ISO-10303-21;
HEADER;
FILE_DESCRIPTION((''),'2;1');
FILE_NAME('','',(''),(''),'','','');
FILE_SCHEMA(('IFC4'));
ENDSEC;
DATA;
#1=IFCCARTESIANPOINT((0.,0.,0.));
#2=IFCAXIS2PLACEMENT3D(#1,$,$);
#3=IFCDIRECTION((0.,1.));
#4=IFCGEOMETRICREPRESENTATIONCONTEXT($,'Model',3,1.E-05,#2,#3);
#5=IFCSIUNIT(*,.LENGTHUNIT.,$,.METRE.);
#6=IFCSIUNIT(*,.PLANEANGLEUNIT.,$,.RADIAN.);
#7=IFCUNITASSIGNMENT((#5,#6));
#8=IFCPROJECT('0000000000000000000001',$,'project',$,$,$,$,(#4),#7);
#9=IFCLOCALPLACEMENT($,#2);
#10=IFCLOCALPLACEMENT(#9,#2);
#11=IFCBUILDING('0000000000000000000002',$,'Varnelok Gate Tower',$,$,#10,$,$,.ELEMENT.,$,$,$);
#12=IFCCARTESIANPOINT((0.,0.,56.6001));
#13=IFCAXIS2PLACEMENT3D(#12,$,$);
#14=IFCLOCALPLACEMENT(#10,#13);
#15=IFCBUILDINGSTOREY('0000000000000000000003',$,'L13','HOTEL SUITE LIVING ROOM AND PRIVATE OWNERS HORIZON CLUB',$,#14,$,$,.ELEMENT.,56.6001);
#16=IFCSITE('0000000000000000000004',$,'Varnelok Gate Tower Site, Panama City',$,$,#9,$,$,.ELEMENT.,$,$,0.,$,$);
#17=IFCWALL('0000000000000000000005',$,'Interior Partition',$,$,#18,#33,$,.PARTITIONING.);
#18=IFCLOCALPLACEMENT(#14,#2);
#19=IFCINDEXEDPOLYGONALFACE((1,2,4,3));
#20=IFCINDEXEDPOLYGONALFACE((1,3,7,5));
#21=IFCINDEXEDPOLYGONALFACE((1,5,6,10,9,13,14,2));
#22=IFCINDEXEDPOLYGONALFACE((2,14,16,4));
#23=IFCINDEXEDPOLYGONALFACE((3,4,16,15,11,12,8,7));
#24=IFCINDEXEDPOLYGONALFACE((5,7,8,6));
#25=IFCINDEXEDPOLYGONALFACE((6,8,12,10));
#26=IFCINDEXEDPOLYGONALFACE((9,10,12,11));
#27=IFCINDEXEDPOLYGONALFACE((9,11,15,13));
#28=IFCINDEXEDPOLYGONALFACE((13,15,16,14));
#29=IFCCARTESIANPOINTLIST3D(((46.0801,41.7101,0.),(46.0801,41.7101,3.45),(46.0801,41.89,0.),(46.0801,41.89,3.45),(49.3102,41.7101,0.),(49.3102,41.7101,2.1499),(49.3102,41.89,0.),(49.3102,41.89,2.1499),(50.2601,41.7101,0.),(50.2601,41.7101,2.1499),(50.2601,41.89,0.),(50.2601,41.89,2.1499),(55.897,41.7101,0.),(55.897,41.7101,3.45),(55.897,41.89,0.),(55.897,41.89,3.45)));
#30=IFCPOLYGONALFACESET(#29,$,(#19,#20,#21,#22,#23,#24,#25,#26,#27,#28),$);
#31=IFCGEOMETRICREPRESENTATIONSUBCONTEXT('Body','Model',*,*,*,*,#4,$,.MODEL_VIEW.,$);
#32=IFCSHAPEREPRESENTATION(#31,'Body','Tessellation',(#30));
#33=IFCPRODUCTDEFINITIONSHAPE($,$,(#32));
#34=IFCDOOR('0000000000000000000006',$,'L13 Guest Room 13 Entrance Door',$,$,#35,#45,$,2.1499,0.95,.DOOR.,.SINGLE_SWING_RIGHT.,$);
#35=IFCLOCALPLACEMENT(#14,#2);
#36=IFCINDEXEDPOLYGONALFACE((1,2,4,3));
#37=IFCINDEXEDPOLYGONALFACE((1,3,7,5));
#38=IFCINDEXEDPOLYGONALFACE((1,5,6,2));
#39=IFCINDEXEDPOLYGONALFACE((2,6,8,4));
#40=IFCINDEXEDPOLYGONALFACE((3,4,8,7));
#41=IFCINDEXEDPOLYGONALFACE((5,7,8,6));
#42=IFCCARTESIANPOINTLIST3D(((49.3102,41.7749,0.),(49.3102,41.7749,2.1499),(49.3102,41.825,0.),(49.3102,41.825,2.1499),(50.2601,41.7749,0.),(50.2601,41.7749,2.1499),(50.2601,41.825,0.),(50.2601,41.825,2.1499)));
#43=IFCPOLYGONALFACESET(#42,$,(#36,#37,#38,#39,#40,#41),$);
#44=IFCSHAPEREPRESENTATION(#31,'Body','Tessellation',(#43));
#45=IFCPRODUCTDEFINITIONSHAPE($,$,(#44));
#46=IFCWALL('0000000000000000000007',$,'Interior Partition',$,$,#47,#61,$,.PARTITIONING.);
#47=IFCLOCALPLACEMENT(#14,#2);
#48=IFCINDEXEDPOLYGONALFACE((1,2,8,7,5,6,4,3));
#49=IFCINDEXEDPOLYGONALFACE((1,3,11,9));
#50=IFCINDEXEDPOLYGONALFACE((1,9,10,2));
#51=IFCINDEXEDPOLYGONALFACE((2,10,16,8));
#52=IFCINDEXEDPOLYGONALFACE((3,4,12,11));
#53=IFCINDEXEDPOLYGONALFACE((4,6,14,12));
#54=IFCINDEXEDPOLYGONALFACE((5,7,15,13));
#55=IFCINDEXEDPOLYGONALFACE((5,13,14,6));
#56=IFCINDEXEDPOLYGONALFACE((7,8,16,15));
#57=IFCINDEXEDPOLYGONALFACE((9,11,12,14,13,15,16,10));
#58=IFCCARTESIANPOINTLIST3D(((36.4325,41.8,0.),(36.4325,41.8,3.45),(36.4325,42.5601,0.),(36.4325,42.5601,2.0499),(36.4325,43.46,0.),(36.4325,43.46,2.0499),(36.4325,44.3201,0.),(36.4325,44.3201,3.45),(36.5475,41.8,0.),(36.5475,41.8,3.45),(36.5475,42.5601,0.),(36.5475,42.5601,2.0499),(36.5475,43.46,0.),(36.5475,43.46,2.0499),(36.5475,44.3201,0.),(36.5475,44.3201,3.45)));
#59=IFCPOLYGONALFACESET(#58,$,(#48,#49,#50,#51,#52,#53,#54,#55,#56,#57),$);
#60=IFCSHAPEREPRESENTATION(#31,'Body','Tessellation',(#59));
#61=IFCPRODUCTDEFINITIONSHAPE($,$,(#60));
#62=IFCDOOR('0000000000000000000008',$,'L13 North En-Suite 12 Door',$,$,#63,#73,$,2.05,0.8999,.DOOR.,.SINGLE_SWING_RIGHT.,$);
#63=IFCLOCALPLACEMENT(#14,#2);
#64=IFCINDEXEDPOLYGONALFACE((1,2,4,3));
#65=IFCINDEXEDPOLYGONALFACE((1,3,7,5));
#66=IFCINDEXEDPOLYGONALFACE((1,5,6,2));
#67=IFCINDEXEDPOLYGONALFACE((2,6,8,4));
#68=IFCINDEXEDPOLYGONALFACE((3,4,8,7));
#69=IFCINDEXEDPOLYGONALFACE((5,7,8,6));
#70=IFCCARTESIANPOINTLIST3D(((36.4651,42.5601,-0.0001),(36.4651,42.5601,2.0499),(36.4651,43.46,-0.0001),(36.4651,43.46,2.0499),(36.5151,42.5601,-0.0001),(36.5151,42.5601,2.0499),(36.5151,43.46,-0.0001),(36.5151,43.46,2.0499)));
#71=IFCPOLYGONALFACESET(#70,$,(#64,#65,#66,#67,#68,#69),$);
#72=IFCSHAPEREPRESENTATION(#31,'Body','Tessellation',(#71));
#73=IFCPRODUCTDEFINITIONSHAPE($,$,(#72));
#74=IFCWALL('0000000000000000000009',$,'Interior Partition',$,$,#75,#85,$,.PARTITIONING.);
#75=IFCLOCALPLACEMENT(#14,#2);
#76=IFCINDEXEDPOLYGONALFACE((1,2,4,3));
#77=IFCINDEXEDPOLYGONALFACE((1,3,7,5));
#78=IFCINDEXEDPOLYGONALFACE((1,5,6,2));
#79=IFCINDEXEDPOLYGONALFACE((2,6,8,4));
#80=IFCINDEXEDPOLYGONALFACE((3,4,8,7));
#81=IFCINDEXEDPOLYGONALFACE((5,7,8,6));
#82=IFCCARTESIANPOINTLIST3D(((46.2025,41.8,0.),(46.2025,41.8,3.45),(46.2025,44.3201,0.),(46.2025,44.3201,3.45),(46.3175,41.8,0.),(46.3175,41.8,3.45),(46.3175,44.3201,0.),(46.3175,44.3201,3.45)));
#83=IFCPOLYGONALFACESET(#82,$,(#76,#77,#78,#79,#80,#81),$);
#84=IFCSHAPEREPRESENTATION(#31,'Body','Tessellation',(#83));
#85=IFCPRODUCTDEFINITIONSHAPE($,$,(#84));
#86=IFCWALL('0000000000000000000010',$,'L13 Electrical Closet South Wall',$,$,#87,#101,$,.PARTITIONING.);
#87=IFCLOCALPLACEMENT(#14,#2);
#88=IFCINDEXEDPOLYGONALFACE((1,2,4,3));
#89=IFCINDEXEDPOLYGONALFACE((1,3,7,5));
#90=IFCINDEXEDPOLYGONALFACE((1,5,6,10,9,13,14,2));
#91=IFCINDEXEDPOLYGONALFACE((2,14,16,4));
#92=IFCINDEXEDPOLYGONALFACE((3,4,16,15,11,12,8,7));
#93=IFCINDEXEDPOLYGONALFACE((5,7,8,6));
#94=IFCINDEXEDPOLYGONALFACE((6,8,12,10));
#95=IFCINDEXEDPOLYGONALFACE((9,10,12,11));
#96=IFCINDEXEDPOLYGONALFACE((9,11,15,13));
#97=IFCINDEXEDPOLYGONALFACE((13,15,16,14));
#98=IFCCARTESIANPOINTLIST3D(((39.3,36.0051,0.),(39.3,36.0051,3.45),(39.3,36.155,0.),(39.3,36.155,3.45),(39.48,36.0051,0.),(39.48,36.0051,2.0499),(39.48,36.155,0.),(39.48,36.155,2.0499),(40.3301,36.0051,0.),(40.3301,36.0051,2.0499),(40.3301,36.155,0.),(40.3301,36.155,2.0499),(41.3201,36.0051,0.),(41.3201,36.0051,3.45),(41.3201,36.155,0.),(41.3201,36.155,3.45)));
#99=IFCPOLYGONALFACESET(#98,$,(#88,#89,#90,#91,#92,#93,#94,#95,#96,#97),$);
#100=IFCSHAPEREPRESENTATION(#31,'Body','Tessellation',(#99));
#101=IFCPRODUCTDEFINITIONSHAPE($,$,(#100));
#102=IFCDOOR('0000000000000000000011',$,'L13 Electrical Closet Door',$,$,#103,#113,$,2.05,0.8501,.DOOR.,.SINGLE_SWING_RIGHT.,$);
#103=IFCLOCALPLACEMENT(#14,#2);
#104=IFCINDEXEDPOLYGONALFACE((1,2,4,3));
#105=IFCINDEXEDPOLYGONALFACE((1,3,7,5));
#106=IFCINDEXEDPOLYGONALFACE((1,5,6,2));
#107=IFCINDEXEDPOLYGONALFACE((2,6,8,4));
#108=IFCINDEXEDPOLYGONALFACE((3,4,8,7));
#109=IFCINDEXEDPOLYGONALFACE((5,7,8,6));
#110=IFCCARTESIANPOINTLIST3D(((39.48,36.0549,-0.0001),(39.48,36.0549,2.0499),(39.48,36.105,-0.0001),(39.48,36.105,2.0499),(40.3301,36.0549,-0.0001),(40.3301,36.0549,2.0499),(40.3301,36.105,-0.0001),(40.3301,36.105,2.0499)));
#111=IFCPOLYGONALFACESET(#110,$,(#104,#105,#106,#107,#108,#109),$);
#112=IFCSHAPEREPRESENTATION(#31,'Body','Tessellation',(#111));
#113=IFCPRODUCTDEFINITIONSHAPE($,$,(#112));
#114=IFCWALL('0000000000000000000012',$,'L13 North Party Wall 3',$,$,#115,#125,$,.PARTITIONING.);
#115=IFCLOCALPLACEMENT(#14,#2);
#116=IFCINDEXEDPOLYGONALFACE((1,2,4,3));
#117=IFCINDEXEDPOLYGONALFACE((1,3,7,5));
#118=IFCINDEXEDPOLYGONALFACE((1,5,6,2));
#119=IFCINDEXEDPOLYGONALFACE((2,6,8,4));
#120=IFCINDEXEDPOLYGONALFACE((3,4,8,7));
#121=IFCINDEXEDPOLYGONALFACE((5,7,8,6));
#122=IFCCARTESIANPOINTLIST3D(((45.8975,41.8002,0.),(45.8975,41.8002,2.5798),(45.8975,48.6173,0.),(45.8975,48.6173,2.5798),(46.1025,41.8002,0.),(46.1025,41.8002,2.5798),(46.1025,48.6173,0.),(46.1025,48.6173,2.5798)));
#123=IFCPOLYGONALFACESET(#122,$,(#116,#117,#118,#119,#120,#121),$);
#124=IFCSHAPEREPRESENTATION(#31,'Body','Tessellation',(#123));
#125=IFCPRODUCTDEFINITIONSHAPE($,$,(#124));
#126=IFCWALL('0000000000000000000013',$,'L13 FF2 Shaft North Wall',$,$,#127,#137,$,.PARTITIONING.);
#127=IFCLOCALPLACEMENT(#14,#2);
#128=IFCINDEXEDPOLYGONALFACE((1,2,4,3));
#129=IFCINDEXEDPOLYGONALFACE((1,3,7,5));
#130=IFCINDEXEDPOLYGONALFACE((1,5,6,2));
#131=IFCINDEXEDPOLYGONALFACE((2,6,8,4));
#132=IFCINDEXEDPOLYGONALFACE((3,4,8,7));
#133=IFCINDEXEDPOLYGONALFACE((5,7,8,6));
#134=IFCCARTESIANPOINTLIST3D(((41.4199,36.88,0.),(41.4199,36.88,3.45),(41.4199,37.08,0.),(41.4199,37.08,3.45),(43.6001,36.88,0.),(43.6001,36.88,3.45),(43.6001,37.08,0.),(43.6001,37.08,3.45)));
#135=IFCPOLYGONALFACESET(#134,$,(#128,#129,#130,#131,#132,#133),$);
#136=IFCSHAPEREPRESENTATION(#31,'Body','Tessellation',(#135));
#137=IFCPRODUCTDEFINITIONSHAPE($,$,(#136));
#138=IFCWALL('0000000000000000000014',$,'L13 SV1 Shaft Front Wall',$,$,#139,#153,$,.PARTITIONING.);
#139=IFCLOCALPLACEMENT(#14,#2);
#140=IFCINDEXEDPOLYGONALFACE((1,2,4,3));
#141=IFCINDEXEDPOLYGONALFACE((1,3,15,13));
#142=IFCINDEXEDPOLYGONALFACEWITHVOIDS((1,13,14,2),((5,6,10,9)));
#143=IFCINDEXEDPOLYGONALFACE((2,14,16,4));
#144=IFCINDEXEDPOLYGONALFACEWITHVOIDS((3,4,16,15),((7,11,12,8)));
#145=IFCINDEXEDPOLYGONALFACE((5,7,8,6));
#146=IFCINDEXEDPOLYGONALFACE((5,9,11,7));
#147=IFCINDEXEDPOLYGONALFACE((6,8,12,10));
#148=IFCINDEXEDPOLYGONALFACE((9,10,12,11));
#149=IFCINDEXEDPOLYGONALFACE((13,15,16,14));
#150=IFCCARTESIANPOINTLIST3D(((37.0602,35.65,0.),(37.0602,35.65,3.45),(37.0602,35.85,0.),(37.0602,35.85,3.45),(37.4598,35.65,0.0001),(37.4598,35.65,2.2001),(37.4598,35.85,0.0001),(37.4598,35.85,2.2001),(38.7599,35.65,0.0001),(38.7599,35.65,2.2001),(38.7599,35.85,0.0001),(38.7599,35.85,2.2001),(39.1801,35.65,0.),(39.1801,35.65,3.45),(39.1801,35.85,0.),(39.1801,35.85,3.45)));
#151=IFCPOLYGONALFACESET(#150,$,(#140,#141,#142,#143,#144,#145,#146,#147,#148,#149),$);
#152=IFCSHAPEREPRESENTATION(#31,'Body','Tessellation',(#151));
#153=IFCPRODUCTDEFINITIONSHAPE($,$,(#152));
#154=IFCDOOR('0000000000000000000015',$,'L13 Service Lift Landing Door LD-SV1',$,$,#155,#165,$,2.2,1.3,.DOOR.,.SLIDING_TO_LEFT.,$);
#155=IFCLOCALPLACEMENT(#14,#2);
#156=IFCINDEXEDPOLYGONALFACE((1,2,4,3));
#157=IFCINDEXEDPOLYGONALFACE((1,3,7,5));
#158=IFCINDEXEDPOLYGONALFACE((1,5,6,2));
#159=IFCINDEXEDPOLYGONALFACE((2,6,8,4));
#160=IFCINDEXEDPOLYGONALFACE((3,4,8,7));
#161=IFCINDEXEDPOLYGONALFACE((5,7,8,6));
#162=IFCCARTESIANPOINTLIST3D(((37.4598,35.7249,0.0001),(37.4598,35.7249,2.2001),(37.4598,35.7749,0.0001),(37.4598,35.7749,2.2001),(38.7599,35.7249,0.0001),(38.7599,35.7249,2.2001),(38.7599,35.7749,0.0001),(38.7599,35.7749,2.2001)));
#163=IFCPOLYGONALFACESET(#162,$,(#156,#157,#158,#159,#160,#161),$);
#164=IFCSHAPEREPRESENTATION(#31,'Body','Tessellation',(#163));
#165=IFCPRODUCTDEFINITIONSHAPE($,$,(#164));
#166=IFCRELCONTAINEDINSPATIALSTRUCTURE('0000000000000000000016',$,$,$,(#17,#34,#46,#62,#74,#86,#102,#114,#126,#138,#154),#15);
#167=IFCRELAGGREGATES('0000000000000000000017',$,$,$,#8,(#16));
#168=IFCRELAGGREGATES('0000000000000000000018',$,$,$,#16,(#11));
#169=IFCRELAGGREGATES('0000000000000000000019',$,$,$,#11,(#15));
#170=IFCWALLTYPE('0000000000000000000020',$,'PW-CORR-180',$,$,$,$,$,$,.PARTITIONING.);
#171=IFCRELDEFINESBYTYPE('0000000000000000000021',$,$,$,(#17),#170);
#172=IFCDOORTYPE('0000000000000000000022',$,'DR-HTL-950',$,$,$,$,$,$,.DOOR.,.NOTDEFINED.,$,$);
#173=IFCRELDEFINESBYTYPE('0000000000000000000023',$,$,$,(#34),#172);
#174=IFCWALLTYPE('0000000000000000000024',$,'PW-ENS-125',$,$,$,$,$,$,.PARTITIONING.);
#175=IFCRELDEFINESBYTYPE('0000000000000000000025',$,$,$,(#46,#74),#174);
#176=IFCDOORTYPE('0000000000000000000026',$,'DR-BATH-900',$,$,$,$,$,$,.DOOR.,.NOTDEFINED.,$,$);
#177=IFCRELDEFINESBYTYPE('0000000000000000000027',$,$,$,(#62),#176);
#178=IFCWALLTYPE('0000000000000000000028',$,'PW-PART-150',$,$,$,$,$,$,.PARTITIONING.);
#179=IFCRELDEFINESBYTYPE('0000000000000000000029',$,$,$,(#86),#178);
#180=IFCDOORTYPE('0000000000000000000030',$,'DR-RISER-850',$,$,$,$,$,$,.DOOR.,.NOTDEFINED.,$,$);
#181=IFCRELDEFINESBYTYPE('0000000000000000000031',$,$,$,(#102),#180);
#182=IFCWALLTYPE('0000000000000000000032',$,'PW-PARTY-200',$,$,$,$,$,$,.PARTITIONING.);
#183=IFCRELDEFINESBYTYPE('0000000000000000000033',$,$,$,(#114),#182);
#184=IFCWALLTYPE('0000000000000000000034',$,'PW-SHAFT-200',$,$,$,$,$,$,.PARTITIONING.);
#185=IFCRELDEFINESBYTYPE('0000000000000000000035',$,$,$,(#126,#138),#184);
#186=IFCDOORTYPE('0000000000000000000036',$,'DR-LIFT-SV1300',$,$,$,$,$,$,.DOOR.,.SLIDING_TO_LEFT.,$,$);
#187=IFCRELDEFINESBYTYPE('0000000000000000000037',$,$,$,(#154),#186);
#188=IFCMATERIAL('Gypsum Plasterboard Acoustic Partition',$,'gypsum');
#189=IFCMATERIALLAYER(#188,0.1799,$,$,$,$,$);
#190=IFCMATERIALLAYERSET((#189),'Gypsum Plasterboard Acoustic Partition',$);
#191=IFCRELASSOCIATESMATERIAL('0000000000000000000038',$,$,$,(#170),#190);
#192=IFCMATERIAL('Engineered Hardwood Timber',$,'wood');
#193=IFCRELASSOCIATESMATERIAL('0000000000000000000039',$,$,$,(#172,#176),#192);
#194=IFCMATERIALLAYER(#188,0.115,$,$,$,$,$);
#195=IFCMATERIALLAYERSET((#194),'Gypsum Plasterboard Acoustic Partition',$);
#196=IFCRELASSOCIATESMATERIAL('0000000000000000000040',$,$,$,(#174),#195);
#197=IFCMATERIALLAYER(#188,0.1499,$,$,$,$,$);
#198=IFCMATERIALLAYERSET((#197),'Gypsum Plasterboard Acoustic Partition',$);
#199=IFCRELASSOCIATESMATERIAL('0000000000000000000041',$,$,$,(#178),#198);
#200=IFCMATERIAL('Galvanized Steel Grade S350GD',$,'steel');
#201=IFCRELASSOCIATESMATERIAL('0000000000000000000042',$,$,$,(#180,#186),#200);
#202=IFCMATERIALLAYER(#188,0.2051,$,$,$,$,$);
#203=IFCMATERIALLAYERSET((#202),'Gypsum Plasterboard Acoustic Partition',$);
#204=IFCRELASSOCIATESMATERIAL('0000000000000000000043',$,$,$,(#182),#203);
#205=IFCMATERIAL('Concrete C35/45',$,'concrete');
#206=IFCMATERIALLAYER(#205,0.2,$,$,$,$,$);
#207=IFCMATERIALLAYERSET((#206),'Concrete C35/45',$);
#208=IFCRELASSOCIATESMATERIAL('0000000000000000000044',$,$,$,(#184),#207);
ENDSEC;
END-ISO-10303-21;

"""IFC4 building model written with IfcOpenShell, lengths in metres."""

from ifc_helpers import new_model, si_unit, direction, frame, frame_2d, origin, place, context, subcontext, project, spatial, rectangle, extrude, material, layer, layer_set, type_object, element, fill, save


model = new_model("IFC4")

# Units and contexts
model_context = context("Model", 3, precision=1e-05, world=origin(), true_north=direction((0.0, 1.0)))
body_context = subcontext(model_context, "Body", "Model", "MODEL_VIEW")
ifc_project = project(units=[si_unit("LENGTHUNIT", "METRE"), si_unit("PLANEANGLEUNIT", "RADIAN")], contexts=[model_context])

# Site, building, storey
site_placement = place(None, origin())
site = spatial("IfcSite", under=ifc_project, at=site_placement, Name="Varnelok Gate Tower Site, Panama City", CompositionType="ELEMENT", RefElevation=0.0)
building_placement = place(site_placement, origin())
building = spatial("IfcBuilding", under=site, at=building_placement, Name="Varnelok Gate Tower", CompositionType="ELEMENT")
storey_placement = place(building_placement, frame((0.0, 0.0, 56.6001)))
storey = spatial("IfcBuildingStorey", under=building, at=storey_placement, Name="L13", Description="HOTEL SUITE LIVING ROOM AND PRIVATE OWNERS HORIZON CLUB", CompositionType="ELEMENT", Elevation=56.6001)

# Walls, openings, doors
ifc_material_1 = material(Name="Gypsum Plasterboard Acoustic Partition", Category="gypsum")
ifc_layer_1 = layer(ifc_material_1, 0.1799)
ifc_layer_set_1 = layer_set([ifc_layer_1], Name="Gypsum Plasterboard Acoustic Partition")
wall_type_1 = type_object("IfcWallType", Name="PW-CORR-180", PredefinedType="PARTITIONING", material=ifc_layer_set_1)
wall_1_placement = place(storey_placement, frame((46.0801, 41.8, 0.0), z_axis=(0.0, 0.0, 1.0), x_axis=(1.0, 0.0, 0.0)))
wall_1 = element("IfcWall", 1, at=wall_1_placement, inside=storey, type_object=wall_type_1, Name="Interior Partition", PredefinedType="PARTITIONING", context=body_context, shape_type="SweptSolid", body=[
    extrude(rectangle(XDim=9.8169, YDim=0.1799, at=frame_2d((4.9084, 0.0))), origin(), (0.0, 0.0, 1.0), 3.45),
])
opening_1_placement = place(wall_1_placement, frame((3.23, 0.0, 0.0)))
opening_1 = element("IfcOpeningElement", 2, at=opening_1_placement, cuts=wall_1, PredefinedType="OPENING", context=body_context, shape_type="SweptSolid", body=[
    extrude(rectangle(XDim=0.95, YDim=2.1499, at=frame_2d((0.4751, 1.075))), frame((0.0, 0.0999, 0.0), z_axis=(0.0, -1.0, 0.0), x_axis=(1.0, 0.0, 0.0)), (0.0, 0.0, 1.0), 0.2),
])
ifc_material_2 = material(Name="Engineered Hardwood Timber", Category="wood")
door_type_1 = type_object("IfcDoorType", Name="DR-HTL-950", OperationType="NOTDEFINED", PredefinedType="DOOR", material=ifc_material_2)
door_1_placement = place(opening_1_placement, origin())
door_1 = element("IfcDoor", 3, at=door_1_placement, inside=storey, type_object=door_type_1, Name="L13 Guest Room 13 Entrance Door", OperationType="SINGLE_SWING_RIGHT", OverallHeight=2.1499, OverallWidth=0.95, PredefinedType="DOOR", context=body_context, shape_type="SweptSolid", body=[
    extrude(rectangle(XDim=0.95, YDim=2.1499, at=frame_2d((0.4751, 1.075))), frame((0.0, 0.0249, 0.0), z_axis=(0.0, -1.0, 0.0), x_axis=(1.0, 0.0, 0.0)), (0.0, 0.0, 1.0), 0.05),
])
fill(opening_1, door_1)
ifc_layer_2 = layer(ifc_material_1, 0.115)
ifc_layer_set_2 = layer_set([ifc_layer_2], Name="Gypsum Plasterboard Acoustic Partition")
wall_type_2 = type_object("IfcWallType", Name="PW-ENS-125", PredefinedType="PARTITIONING", material=ifc_layer_set_2)
wall_2_placement = place(storey_placement, frame((36.49, 41.8, 0.0), z_axis=(0.0, 0.0, 1.0), x_axis=(0.0, 1.0, 0.0)))
wall_2 = element("IfcWall", 4, at=wall_2_placement, inside=storey, type_object=wall_type_2, Name="Interior Partition", PredefinedType="PARTITIONING", context=body_context, shape_type="SweptSolid", body=[
    extrude(rectangle(XDim=2.52, YDim=0.115, at=frame_2d((1.26, 0.0))), origin(), (0.0, 0.0, 1.0), 3.45),
])
opening_2_placement = place(wall_2_placement, frame((0.76, 0.0, 0.0)))
opening_2 = element("IfcOpeningElement", 5, at=opening_2_placement, cuts=wall_2, PredefinedType="OPENING", context=body_context, shape_type="SweptSolid", body=[
    extrude(rectangle(XDim=0.8999, YDim=2.05, at=frame_2d((0.45, 1.0249))), frame((0.0, 0.0674, 0.0), z_axis=(0.0, -1.0, 0.0), x_axis=(1.0, 0.0, 0.0)), (0.0, 0.0, 1.0), 0.135),
])
door_type_2 = type_object("IfcDoorType", Name="DR-BATH-900", OperationType="NOTDEFINED", PredefinedType="DOOR", material=ifc_material_2)
door_2_placement = place(opening_2_placement, origin())
door_2 = element("IfcDoor", 6, at=door_2_placement, inside=storey, type_object=door_type_2, Name="L13 North En-Suite 12 Door", OperationType="SINGLE_SWING_RIGHT", OverallHeight=2.05, OverallWidth=0.8999, PredefinedType="DOOR", context=body_context, shape_type="SweptSolid", body=[
    extrude(rectangle(XDim=0.8999, YDim=2.05, at=frame_2d((0.45, 1.0249))), frame((0.0, 0.0249, 0.0), z_axis=(0.0, -1.0, 0.0), x_axis=(1.0, 0.0, 0.0)), (0.0, 0.0, 1.0), 0.05),
])
fill(opening_2, door_2)

# Wall
wall_3_placement = place(storey_placement, frame((46.26, 41.8, 0.0), z_axis=(0.0, 0.0, 1.0), x_axis=(0.0, 1.0, 0.0)))
element("IfcWall", 7, at=wall_3_placement, inside=storey, type_object=wall_type_2, Name="Interior Partition", PredefinedType="PARTITIONING", context=body_context, shape_type="SweptSolid", body=[
    extrude(rectangle(XDim=2.52, YDim=0.115, at=frame_2d((1.26, 0.0))), origin(), (0.0, 0.0, 1.0), 3.45),
])

# Wall, opening, door
ifc_layer_3 = layer(ifc_material_1, 0.1499)
ifc_layer_set_3 = layer_set([ifc_layer_3], Name="Gypsum Plasterboard Acoustic Partition")
wall_type_3 = type_object("IfcWallType", Name="PW-PART-150", PredefinedType="PARTITIONING", material=ifc_layer_set_3)
wall_4_placement = place(storey_placement, frame((39.3, 36.0801, 0.0), z_axis=(0.0, 0.0, 1.0), x_axis=(1.0, 0.0, 0.0)))
wall_4 = element("IfcWall", 8, at=wall_4_placement, inside=storey, type_object=wall_type_3, Name="L13 Electrical Closet South Wall", PredefinedType="PARTITIONING", context=body_context, shape_type="SweptSolid", body=[
    extrude(rectangle(XDim=2.02, YDim=0.1499, at=frame_2d((1.01, 0.0))), origin(), (0.0, 0.0, 1.0), 3.45),
])
opening_3_placement = place(wall_4_placement, frame((0.1799, 0.0, 0.0)))
opening_3 = element("IfcOpeningElement", 9, at=opening_3_placement, cuts=wall_4, PredefinedType="OPENING", context=body_context, shape_type="SweptSolid", body=[
    extrude(rectangle(XDim=0.8501, YDim=2.05, at=frame_2d((0.425, 1.0249))), frame((0.0, 0.085, 0.0), z_axis=(0.0, -1.0, 0.0), x_axis=(1.0, 0.0, 0.0)), (0.0, 0.0, 1.0), 0.1699),
])
ifc_material_3 = material(Name="Galvanized Steel Grade S350GD", Category="steel")
door_type_3 = type_object("IfcDoorType", Name="DR-RISER-850", OperationType="NOTDEFINED", PredefinedType="DOOR", material=ifc_material_3)
door_3_placement = place(opening_3_placement, origin())
door_3 = element("IfcDoor", 10, at=door_3_placement, inside=storey, type_object=door_type_3, Name="L13 Electrical Closet Door", OperationType="SINGLE_SWING_RIGHT", OverallHeight=2.05, OverallWidth=0.8501, PredefinedType="DOOR", context=body_context, shape_type="SweptSolid", body=[
    extrude(rectangle(XDim=0.8501, YDim=2.05, at=frame_2d((0.425, 1.0249))), frame((0.0, 0.0249, 0.0), z_axis=(0.0, -1.0, 0.0), x_axis=(1.0, 0.0, 0.0)), (0.0, 0.0, 1.0), 0.05),
])
fill(opening_3, door_3)

# Walls
ifc_layer_4 = layer(ifc_material_1, 0.2051)
ifc_layer_set_4 = layer_set([ifc_layer_4], Name="Gypsum Plasterboard Acoustic Partition")
wall_type_4 = type_object("IfcWallType", Name="PW-PARTY-200", PredefinedType="PARTITIONING", material=ifc_layer_set_4)
wall_5_placement = place(storey_placement, frame((46.0, 41.8, 0.0), z_axis=(0.0, 0.0, 1.0), x_axis=(0.0, 1.0, 0.0)))
element("IfcWall", 11, at=wall_5_placement, inside=storey, type_object=wall_type_4, Name="L13 North Party Wall 3", PredefinedType="PARTITIONING", context=body_context, shape_type="SweptSolid", body=[
    extrude(rectangle(XDim=6.8171, YDim=0.2051, at=frame_2d((3.4087, 0.0))), origin(), (0.0, 0.0, 1.0), 2.5798),
])
ifc_material_4 = material(Name="Concrete C35/45", Category="concrete")
ifc_layer_5 = layer(ifc_material_4, 0.2)
ifc_layer_set_5 = layer_set([ifc_layer_5], Name="Concrete C35/45")
wall_type_5 = type_object("IfcWallType", Name="PW-SHAFT-200", PredefinedType="PARTITIONING", material=ifc_layer_set_5)
wall_6_placement = place(storey_placement, frame((41.4199, 36.98, 0.0), z_axis=(0.0, 0.0, 1.0), x_axis=(1.0, 0.0, 0.0)))
element("IfcWall", 12, at=wall_6_placement, inside=storey, type_object=wall_type_5, Name="L13 FF2 Shaft North Wall", PredefinedType="PARTITIONING", context=body_context, shape_type="SweptSolid", body=[
    extrude(rectangle(XDim=2.1802, YDim=0.2, at=frame_2d((1.0901, 0.0))), origin(), (0.0, 0.0, 1.0), 3.45),
])

# Wall, opening, door
wall_7_placement = place(storey_placement, frame((37.0601, 35.75, 0.0), z_axis=(0.0, 0.0, 1.0), x_axis=(1.0, 0.0, 0.0)))
wall_7 = element("IfcWall", 13, at=wall_7_placement, inside=storey, type_object=wall_type_5, Name="L13 SV1 Shaft Front Wall", PredefinedType="PARTITIONING", context=body_context, shape_type="SweptSolid", body=[
    extrude(rectangle(XDim=2.1199, YDim=0.2, at=frame_2d((1.0601, 0.0))), origin(), (0.0, 0.0, 1.0), 3.45),
])
opening_4_placement = place(wall_7_placement, frame((0.3999, 0.0, 0.0)))
opening_4 = element("IfcOpeningElement", 14, at=opening_4_placement, cuts=wall_7, PredefinedType="OPENING", context=body_context, shape_type="SweptSolid", body=[
    extrude(rectangle(XDim=1.3, YDim=2.2, at=frame_2d((0.6499, 1.1001))), frame((0.0, 0.1099, 0.0), z_axis=(0.0, -1.0, 0.0), x_axis=(1.0, 0.0, 0.0)), (0.0, 0.0, 1.0), 0.22),
])
door_type_4 = type_object("IfcDoorType", Name="DR-LIFT-SV1300", OperationType="SLIDING_TO_LEFT", PredefinedType="DOOR", material=ifc_material_3)
door_4_placement = place(opening_4_placement, origin())
door_4 = element("IfcDoor", 15, at=door_4_placement, inside=storey, type_object=door_type_4, Name="L13 Service Lift Landing Door LD-SV1", OperationType="SLIDING_TO_LEFT", OverallHeight=2.2, OverallWidth=1.3, PredefinedType="DOOR", context=body_context, shape_type="SweptSolid", body=[
    extrude(rectangle(XDim=1.3, YDim=2.2, at=frame_2d((0.6499, 1.1001))), frame((0.0, 0.0249, 0.0), z_axis=(0.0, -1.0, 0.0), x_axis=(1.0, 0.0, 0.0)), (0.0, 0.0, 1.0), 0.05),
])
fill(opening_4, door_4)

save(model, "model.ifc")
